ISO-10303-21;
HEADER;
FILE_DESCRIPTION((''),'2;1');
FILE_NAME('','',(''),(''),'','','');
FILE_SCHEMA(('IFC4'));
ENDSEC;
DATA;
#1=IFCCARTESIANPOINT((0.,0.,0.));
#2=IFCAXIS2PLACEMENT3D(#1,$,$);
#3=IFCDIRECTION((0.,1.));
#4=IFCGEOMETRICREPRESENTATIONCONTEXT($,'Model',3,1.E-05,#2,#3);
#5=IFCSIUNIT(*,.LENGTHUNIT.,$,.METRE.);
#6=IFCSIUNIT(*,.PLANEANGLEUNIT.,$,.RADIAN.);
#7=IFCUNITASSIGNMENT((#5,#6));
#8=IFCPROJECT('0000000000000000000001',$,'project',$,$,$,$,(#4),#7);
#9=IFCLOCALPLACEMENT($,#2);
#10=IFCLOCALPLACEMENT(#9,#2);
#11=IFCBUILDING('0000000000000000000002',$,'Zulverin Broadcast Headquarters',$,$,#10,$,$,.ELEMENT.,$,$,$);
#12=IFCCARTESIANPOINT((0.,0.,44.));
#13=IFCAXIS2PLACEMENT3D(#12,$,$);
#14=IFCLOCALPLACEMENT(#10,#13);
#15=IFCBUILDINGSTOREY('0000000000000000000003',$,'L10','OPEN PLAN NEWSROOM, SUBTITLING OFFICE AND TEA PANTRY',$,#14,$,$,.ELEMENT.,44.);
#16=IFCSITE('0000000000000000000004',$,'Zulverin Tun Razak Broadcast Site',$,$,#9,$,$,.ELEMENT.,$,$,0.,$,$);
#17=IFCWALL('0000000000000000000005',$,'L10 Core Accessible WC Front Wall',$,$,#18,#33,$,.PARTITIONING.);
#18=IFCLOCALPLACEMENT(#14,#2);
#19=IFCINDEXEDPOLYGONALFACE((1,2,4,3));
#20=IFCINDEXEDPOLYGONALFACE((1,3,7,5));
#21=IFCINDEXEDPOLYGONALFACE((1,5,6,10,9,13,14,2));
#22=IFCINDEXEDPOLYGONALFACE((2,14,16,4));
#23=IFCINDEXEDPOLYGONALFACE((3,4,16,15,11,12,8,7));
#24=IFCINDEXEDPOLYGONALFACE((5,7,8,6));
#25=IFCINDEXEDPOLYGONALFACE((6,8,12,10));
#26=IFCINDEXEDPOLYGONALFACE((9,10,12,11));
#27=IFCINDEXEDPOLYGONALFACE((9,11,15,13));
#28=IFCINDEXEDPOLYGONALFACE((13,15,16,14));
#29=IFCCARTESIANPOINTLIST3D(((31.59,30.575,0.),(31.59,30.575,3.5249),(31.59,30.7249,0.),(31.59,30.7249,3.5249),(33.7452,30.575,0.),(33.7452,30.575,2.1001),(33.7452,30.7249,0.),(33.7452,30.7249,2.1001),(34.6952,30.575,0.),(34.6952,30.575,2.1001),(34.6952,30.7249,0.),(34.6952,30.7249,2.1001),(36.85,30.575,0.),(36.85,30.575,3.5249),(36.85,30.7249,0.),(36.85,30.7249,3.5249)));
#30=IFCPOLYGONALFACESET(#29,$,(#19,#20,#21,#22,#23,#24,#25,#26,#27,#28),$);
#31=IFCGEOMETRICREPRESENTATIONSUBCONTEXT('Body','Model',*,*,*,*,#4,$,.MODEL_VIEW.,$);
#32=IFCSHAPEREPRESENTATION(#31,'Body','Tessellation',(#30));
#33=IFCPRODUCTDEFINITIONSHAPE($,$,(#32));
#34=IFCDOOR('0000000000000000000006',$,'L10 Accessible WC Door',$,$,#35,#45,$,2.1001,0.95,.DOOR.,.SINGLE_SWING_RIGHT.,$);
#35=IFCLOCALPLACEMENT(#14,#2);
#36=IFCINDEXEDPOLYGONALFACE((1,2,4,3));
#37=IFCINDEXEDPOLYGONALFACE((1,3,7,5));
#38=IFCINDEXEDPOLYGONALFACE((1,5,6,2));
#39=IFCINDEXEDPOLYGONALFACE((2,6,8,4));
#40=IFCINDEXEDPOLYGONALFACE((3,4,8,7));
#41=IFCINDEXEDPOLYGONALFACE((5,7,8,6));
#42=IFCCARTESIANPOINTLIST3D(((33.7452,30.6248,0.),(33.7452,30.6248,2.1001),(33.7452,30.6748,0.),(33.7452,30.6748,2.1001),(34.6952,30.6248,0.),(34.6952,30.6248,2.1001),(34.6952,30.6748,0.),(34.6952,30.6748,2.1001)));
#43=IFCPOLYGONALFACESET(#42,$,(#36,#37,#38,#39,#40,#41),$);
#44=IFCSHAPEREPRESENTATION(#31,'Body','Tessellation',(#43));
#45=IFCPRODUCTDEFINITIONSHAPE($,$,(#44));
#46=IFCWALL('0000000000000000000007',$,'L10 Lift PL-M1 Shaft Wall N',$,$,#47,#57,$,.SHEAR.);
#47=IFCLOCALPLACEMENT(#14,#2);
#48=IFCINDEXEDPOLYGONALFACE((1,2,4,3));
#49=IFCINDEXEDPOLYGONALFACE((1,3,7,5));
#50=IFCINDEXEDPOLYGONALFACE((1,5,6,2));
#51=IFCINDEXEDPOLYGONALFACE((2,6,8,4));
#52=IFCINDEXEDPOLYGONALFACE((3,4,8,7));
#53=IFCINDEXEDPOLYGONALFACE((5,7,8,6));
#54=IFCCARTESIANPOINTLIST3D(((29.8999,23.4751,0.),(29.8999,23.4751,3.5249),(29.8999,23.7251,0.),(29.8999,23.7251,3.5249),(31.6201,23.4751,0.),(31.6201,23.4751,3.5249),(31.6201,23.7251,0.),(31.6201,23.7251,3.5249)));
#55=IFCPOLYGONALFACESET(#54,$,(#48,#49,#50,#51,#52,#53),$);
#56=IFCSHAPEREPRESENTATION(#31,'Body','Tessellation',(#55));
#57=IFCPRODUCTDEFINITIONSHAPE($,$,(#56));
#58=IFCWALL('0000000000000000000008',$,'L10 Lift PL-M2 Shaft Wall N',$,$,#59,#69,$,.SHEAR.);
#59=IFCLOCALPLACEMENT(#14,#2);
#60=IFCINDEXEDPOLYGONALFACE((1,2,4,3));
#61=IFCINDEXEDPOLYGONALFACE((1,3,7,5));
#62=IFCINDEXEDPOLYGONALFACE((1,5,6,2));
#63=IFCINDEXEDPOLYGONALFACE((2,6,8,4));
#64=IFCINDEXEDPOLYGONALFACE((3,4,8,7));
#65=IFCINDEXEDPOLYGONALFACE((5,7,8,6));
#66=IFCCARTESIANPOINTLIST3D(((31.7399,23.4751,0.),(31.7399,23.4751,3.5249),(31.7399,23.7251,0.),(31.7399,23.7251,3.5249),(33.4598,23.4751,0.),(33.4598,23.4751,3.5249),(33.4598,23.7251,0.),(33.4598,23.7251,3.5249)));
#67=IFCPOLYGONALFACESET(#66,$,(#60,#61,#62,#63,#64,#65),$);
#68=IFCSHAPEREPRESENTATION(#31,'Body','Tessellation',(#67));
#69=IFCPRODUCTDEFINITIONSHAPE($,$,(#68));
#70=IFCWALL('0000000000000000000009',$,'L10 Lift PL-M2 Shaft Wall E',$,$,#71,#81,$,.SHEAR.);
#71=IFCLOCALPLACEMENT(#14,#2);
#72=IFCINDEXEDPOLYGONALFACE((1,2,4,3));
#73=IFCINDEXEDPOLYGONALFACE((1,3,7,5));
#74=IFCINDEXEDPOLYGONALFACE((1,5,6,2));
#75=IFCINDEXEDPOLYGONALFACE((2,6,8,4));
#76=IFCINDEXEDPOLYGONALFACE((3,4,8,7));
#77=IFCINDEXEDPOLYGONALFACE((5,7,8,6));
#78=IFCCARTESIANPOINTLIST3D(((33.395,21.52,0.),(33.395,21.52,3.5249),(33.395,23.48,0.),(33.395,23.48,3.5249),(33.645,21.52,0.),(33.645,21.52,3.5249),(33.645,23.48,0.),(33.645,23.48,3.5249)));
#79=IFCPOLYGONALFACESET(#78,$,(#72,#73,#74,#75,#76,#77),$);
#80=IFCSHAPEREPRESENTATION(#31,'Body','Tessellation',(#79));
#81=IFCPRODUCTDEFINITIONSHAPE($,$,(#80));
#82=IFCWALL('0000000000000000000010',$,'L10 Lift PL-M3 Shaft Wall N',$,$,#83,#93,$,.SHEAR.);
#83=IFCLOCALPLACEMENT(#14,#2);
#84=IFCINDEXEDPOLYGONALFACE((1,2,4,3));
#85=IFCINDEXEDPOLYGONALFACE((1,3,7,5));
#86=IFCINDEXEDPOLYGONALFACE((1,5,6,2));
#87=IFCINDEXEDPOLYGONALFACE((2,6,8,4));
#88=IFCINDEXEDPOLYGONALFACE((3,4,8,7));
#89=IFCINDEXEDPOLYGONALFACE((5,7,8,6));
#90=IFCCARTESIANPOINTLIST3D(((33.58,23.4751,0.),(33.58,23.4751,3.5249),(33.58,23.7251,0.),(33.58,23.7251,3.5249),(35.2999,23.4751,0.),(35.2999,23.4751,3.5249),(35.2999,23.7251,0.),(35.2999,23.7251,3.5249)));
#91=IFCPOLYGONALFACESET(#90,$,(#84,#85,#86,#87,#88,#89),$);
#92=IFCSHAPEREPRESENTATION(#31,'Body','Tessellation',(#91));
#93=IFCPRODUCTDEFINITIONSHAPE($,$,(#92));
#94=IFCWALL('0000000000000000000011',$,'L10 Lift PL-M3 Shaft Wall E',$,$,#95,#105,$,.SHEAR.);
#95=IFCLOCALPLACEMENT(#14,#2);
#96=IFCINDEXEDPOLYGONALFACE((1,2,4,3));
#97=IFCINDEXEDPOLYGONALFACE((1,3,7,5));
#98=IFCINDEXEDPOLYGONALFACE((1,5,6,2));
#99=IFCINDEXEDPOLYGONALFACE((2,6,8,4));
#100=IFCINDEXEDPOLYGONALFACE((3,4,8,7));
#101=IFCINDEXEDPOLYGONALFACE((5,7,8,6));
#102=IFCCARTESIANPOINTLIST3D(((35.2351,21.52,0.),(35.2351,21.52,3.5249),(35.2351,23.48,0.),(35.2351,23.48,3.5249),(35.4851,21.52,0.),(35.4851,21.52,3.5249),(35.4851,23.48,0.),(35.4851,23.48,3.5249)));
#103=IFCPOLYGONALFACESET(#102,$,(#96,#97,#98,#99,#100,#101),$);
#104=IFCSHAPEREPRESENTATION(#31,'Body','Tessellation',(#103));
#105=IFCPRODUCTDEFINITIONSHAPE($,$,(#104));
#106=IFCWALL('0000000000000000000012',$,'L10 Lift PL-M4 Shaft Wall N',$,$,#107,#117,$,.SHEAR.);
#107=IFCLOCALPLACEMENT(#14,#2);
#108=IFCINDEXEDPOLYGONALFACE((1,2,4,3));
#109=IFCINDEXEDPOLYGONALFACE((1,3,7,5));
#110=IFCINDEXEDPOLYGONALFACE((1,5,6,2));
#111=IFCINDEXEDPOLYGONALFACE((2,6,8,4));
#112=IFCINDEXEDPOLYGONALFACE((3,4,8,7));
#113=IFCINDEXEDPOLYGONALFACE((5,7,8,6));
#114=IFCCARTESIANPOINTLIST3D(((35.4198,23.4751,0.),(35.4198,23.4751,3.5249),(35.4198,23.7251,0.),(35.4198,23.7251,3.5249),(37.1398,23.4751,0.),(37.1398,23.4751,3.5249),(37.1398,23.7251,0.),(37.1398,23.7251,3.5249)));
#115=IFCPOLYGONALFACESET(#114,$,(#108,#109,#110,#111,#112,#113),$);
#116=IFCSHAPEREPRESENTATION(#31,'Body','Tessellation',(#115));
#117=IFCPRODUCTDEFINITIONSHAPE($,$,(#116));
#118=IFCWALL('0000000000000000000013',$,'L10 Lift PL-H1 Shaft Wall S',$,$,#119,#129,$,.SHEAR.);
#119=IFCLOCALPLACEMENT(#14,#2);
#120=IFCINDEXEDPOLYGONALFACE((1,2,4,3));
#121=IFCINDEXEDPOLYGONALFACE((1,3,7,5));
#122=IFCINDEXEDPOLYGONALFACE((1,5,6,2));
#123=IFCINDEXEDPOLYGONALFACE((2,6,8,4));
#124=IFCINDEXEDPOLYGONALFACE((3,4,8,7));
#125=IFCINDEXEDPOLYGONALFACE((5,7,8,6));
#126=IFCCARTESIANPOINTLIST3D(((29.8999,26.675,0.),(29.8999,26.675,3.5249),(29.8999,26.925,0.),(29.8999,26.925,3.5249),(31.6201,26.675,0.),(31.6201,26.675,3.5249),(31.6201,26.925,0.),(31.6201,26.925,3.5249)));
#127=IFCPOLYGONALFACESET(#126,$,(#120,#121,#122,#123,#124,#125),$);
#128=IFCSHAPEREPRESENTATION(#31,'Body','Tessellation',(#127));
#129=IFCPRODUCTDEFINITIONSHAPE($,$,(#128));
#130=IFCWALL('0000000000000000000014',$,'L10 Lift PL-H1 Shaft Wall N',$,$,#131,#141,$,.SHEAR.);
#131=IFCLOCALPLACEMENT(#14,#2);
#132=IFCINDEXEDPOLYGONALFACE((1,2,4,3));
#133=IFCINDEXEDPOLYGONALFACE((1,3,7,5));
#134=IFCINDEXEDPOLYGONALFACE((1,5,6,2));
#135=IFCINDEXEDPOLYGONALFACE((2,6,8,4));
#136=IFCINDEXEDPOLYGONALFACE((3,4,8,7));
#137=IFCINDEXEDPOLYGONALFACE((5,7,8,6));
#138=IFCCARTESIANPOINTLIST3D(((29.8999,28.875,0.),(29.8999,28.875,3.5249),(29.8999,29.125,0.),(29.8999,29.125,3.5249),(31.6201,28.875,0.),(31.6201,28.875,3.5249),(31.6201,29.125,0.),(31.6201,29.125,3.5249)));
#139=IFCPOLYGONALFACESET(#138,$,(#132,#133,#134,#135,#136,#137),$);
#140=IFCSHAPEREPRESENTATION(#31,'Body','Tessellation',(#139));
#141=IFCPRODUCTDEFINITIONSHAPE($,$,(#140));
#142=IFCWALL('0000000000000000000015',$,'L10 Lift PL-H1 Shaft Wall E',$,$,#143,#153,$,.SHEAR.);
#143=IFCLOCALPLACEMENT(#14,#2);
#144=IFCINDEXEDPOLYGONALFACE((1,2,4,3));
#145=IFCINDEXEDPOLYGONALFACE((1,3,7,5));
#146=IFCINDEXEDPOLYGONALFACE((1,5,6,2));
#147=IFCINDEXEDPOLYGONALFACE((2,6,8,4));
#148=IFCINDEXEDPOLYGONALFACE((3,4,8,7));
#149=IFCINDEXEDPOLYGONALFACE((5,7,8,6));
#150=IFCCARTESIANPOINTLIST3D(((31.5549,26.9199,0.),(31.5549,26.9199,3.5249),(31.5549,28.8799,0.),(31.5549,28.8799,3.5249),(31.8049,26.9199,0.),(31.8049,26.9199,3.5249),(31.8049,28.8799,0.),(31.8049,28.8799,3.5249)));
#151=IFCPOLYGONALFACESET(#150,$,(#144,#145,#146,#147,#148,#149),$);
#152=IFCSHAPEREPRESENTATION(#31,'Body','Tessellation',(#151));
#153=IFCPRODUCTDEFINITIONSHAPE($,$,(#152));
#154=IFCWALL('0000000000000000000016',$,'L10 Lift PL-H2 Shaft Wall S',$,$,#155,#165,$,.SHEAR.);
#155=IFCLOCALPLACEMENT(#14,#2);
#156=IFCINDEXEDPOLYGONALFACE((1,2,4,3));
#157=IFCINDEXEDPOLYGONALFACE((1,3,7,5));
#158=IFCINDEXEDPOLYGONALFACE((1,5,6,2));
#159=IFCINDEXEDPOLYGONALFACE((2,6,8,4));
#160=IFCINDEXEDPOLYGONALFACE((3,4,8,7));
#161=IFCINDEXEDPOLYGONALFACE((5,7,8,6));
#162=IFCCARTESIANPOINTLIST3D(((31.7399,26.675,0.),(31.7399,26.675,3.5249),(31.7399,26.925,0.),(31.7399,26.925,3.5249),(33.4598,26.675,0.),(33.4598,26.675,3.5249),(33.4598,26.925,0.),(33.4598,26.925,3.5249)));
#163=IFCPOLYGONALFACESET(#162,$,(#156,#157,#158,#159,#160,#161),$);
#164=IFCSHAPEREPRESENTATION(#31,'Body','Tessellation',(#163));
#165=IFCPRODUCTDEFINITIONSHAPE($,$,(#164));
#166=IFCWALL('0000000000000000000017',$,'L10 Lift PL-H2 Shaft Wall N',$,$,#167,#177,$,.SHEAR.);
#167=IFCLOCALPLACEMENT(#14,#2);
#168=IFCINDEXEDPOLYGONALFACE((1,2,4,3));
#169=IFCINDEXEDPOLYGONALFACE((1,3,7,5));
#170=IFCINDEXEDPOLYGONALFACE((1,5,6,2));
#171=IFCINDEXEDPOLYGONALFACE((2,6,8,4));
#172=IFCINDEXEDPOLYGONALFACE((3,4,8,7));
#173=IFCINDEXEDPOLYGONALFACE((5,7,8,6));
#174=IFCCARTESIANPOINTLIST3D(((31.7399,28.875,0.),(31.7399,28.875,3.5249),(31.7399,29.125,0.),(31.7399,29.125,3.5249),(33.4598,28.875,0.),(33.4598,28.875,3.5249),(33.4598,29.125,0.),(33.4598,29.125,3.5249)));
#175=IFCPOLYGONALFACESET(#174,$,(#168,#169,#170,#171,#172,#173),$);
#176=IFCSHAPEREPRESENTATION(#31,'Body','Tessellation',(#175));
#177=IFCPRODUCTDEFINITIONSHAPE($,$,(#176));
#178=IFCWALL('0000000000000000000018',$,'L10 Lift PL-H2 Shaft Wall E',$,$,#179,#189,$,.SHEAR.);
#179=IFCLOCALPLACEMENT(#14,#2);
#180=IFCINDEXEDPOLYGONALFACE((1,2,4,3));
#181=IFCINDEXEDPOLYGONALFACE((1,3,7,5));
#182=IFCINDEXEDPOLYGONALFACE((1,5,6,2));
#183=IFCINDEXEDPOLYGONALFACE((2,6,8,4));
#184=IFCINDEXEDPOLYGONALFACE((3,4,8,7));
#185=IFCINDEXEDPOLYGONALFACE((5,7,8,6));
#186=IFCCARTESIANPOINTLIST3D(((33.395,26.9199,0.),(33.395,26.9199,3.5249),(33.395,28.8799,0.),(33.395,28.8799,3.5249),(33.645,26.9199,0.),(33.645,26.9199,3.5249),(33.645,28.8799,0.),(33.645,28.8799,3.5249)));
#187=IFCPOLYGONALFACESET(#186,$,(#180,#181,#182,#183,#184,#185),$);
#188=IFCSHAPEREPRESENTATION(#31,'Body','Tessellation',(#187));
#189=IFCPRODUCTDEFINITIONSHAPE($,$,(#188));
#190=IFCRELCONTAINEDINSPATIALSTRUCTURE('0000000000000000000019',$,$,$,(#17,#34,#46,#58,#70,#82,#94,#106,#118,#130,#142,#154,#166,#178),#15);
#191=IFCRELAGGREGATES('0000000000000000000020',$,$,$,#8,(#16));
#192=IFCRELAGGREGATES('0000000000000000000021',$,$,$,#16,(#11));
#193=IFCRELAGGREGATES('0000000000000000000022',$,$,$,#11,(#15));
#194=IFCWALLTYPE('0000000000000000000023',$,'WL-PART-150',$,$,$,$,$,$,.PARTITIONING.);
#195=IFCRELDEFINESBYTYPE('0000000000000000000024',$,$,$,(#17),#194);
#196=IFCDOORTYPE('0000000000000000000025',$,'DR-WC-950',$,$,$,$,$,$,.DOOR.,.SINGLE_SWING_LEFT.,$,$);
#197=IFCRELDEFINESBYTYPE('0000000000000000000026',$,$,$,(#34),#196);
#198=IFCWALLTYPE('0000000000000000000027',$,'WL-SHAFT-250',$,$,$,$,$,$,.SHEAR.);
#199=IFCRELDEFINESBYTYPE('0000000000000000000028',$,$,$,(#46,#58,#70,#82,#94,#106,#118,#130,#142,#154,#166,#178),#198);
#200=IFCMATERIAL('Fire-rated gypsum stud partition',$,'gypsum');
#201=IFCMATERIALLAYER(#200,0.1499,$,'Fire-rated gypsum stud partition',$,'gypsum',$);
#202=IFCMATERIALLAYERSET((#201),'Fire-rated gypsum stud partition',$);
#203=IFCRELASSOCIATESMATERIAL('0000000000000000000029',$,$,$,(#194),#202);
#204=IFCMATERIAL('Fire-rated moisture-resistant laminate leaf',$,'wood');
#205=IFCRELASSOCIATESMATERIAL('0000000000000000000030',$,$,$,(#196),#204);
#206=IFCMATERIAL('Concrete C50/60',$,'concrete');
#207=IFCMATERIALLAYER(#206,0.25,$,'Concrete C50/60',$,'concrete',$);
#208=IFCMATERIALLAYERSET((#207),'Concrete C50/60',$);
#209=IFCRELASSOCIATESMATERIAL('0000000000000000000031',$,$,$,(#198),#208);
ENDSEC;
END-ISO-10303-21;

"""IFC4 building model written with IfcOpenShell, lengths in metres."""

from ifc_helpers import new_model, si_unit, direction, frame, frame_2d, origin, place, context, subcontext, project, spatial, rectangle, extrude, material, layer, layer_set, type_object, element, fill, save


model = new_model("IFC4")

# Units and contexts
model_context = context("Model", 3, precision=1e-05, world=origin(), true_north=direction((0.0, 1.0)))
body_context = subcontext(model_context, "Body", "Model", "MODEL_VIEW")
ifc_project = project(units=[si_unit("LENGTHUNIT", "METRE"), si_unit("PLANEANGLEUNIT", "RADIAN")], contexts=[model_context])

# Site, building, storey
site_placement = place(None, origin())
site = spatial("IfcSite", under=ifc_project, at=site_placement, Name="Zulverin Tun Razak Broadcast Site", CompositionType="ELEMENT", RefElevation=0.0)
building_placement = place(site_placement, origin())
building = spatial("IfcBuilding", under=site, at=building_placement, Name="Zulverin Broadcast Headquarters", CompositionType="ELEMENT")
storey_placement = place(building_placement, frame((0.0, 0.0, 44.0)))
storey = spatial("IfcBuildingStorey", under=building, at=storey_placement, Name="L10", Description="OPEN PLAN NEWSROOM, SUBTITLING OFFICE AND TEA PANTRY", CompositionType="ELEMENT", Elevation=44.0)

# Wall, opening, door
ifc_material_1 = material(Name="Fire-rated gypsum stud partition", Category="gypsum")
ifc_layer_1 = layer(ifc_material_1, 0.1499, Name="Fire-rated gypsum stud partition", Category="gypsum")
ifc_layer_set_1 = layer_set([ifc_layer_1], Name="Fire-rated gypsum stud partition")
wall_type_1 = type_object("IfcWallType", Name="WL-PART-150", PredefinedType="PARTITIONING", material=ifc_layer_set_1)
wall_1_placement = place(storey_placement, frame((31.5901, 30.6499, 0.0), z_axis=(0.0, 0.0, 1.0), x_axis=(1.0, 0.0, 0.0)))
wall_1 = element("IfcWall", 1, at=wall_1_placement, inside=storey, type_object=wall_type_1, Name="L10 Core Accessible WC Front Wall", PredefinedType="PARTITIONING", context=body_context, shape_type="SweptSolid", body=[
    extrude(rectangle(XDim=5.26, YDim=0.1499, at=frame_2d((2.6299, 0.0))), origin(), (0.0, 0.0, 1.0), 3.5249),
])
opening_placement = place(wall_1_placement, frame((2.155, 0.0, 0.0)))
opening = element("IfcOpeningElement", 2, at=opening_placement, cuts=wall_1, PredefinedType="OPENING", context=body_context, shape_type="SweptSolid", body=[
    extrude(rectangle(XDim=0.95, YDim=2.1001, at=frame_2d((0.4751, 1.05))), frame((0.0, 0.085, 0.0), z_axis=(0.0, -1.0, 0.0), x_axis=(1.0, 0.0, 0.0)), (0.0, 0.0, 1.0), 0.1699),
])
ifc_material_2 = material(Name="Fire-rated moisture-resistant laminate leaf", Category="wood")
door_type = type_object("IfcDoorType", Name="DR-WC-950", OperationType="SINGLE_SWING_LEFT", PredefinedType="DOOR", material=ifc_material_2)
door_placement = place(opening_placement, origin())
door = element("IfcDoor", 3, at=door_placement, inside=storey, type_object=door_type, Name="L10 Accessible WC Door", OperationType="SINGLE_SWING_RIGHT", OverallHeight=2.1001, OverallWidth=0.95, PredefinedType="DOOR", context=body_context, shape_type="SweptSolid", body=[
    extrude(rectangle(XDim=0.95, YDim=2.1001, at=frame_2d((0.4751, 1.05))), frame((0.0, 0.0249, 0.0), z_axis=(0.0, -1.0, 0.0), x_axis=(1.0, 0.0, 0.0)), (0.0, 0.0, 1.0), 0.05),
])
fill(opening, door)

# Walls
ifc_material_3 = material(Name="Concrete C50/60", Category="concrete")
ifc_layer_2 = layer(ifc_material_3, 0.25, Name="Concrete C50/60", Category="concrete")
ifc_layer_set_2 = layer_set([ifc_layer_2], Name="Concrete C50/60")
wall_type_2 = type_object("IfcWallType", Name="WL-SHAFT-250", PredefinedType="SHEAR", material=ifc_layer_set_2)
wall_2_placement = place(storey_placement, frame((29.8999, 23.6001, 0.0), z_axis=(0.0, 0.0, 1.0), x_axis=(1.0, 0.0, 0.0)))
element("IfcWall", 4, at=wall_2_placement, inside=storey, type_object=wall_type_2, Name="L10 Lift PL-M1 Shaft Wall N", PredefinedType="SHEAR", context=body_context, shape_type="SweptSolid", body=[
    extrude(rectangle(XDim=1.7202, YDim=0.25, at=frame_2d((0.8601, 0.0))), origin(), (0.0, 0.0, 1.0), 3.5249),
])
wall_3_placement = place(storey_placement, frame((31.74, 23.6001, 0.0), z_axis=(0.0, 0.0, 1.0), x_axis=(1.0, 0.0, 0.0)))
element("IfcWall", 5, at=wall_3_placement, inside=storey, type_object=wall_type_2, Name="L10 Lift PL-M2 Shaft Wall N", PredefinedType="SHEAR", context=body_context, shape_type="SweptSolid", body=[
    extrude(rectangle(XDim=1.72, YDim=0.25, at=frame_2d((0.8599, 0.0))), origin(), (0.0, 0.0, 1.0), 3.5249),
])
wall_4_placement = place(storey_placement, frame((33.52, 21.52, 0.0), z_axis=(0.0, 0.0, 1.0), x_axis=(0.0, 1.0, 0.0)))
element("IfcWall", 6, at=wall_4_placement, inside=storey, type_object=wall_type_2, Name="L10 Lift PL-M2 Shaft Wall E", PredefinedType="SHEAR", context=body_context, shape_type="SweptSolid", body=[
    extrude(rectangle(XDim=1.96, YDim=0.25, at=frame_2d((0.98, 0.0))), origin(), (0.0, 0.0, 1.0), 3.5249),
])
wall_5_placement = place(storey_placement, frame((33.5801, 23.6001, 0.0), z_axis=(0.0, 0.0, 1.0), x_axis=(1.0, 0.0, 0.0)))
element("IfcWall", 7, at=wall_5_placement, inside=storey, type_object=wall_type_2, Name="L10 Lift PL-M3 Shaft Wall N", PredefinedType="SHEAR", context=body_context, shape_type="SweptSolid", body=[
    extrude(rectangle(XDim=1.72, YDim=0.25, at=frame_2d((0.8599, 0.0))), origin(), (0.0, 0.0, 1.0), 3.5249),
])
wall_6_placement = place(storey_placement, frame((35.3601, 21.52, 0.0), z_axis=(0.0, 0.0, 1.0), x_axis=(0.0, 1.0, 0.0)))
element("IfcWall", 8, at=wall_6_placement, inside=storey, type_object=wall_type_2, Name="L10 Lift PL-M3 Shaft Wall E", PredefinedType="SHEAR", context=body_context, shape_type="SweptSolid", body=[
    extrude(rectangle(XDim=1.96, YDim=0.25, at=frame_2d((0.98, 0.0))), origin(), (0.0, 0.0, 1.0), 3.5249),
])
wall_7_placement = place(storey_placement, frame((35.4199, 23.6001, 0.0), z_axis=(0.0, 0.0, 1.0), x_axis=(1.0, 0.0, 0.0)))
element("IfcWall", 9, at=wall_7_placement, inside=storey, type_object=wall_type_2, Name="L10 Lift PL-M4 Shaft Wall N", PredefinedType="SHEAR", context=body_context, shape_type="SweptSolid", body=[
    extrude(rectangle(XDim=1.72, YDim=0.25, at=frame_2d((0.8599, 0.0))), origin(), (0.0, 0.0, 1.0), 3.5249),
])
for number, where, z_axis, x_axis, name in (
    (10, (29.8999, 26.8, 0.0), (0.0, 0.0, 1.0), (1.0, 0.0, 0.0), "L10 Lift PL-H1 Shaft Wall S"),
    (11, (29.8999, 29.0, 0.0), (0.0, 0.0, 1.0), (1.0, 0.0, 0.0), "L10 Lift PL-H1 Shaft Wall N"),
):
    element("IfcWall", number, at=place(storey_placement, frame(where, z_axis=z_axis, x_axis=x_axis)), inside=storey, type_object=wall_type_2, Name=name, PredefinedType="SHEAR", context=body_context, shape_type="SweptSolid", body=[
        extrude(rectangle(XDim=1.7202, YDim=0.25, at=frame_2d((0.8601, 0.0))), origin(), (0.0, 0.0, 1.0), 3.5249),
    ])
wall_8_placement = place(storey_placement, frame((31.6799, 26.9199, 0.0), z_axis=(0.0, 0.0, 1.0), x_axis=(0.0, 1.0, 0.0)))
element("IfcWall", 12, at=wall_8_placement, inside=storey, type_object=wall_type_2, Name="L10 Lift PL-H1 Shaft Wall E", PredefinedType="SHEAR", context=body_context, shape_type="SweptSolid", body=[
    extrude(rectangle(XDim=1.96, YDim=0.25, at=frame_2d((0.98, 0.0))), origin(), (0.0, 0.0, 1.0), 3.5249),
])
for number, where, z_axis, x_axis, name in (
    (13, (31.74, 26.8, 0.0), (0.0, 0.0, 1.0), (1.0, 0.0, 0.0), "L10 Lift PL-H2 Shaft Wall S"),
    (14, (31.74, 29.0, 0.0), (0.0, 0.0, 1.0), (1.0, 0.0, 0.0), "L10 Lift PL-H2 Shaft Wall N"),
):
    element("IfcWall", number, at=place(storey_placement, frame(where, z_axis=z_axis, x_axis=x_axis)), inside=storey, type_object=wall_type_2, Name=name, PredefinedType="SHEAR", context=body_context, shape_type="SweptSolid", body=[
        extrude(rectangle(XDim=1.72, YDim=0.25, at=frame_2d((0.8599, 0.0))), origin(), (0.0, 0.0, 1.0), 3.5249),
    ])
wall_9_placement = place(storey_placement, frame((33.52, 26.9199, 0.0), z_axis=(0.0, 0.0, 1.0), x_axis=(0.0, 1.0, 0.0)))
element("IfcWall", 15, at=wall_9_placement, inside=storey, type_object=wall_type_2, Name="L10 Lift PL-H2 Shaft Wall E", PredefinedType="SHEAR", context=body_context, shape_type="SweptSolid", body=[
    extrude(rectangle(XDim=1.96, YDim=0.25, at=frame_2d((0.98, 0.0))), origin(), (0.0, 0.0, 1.0), 3.5249),
])

save(model, "model.ifc")
